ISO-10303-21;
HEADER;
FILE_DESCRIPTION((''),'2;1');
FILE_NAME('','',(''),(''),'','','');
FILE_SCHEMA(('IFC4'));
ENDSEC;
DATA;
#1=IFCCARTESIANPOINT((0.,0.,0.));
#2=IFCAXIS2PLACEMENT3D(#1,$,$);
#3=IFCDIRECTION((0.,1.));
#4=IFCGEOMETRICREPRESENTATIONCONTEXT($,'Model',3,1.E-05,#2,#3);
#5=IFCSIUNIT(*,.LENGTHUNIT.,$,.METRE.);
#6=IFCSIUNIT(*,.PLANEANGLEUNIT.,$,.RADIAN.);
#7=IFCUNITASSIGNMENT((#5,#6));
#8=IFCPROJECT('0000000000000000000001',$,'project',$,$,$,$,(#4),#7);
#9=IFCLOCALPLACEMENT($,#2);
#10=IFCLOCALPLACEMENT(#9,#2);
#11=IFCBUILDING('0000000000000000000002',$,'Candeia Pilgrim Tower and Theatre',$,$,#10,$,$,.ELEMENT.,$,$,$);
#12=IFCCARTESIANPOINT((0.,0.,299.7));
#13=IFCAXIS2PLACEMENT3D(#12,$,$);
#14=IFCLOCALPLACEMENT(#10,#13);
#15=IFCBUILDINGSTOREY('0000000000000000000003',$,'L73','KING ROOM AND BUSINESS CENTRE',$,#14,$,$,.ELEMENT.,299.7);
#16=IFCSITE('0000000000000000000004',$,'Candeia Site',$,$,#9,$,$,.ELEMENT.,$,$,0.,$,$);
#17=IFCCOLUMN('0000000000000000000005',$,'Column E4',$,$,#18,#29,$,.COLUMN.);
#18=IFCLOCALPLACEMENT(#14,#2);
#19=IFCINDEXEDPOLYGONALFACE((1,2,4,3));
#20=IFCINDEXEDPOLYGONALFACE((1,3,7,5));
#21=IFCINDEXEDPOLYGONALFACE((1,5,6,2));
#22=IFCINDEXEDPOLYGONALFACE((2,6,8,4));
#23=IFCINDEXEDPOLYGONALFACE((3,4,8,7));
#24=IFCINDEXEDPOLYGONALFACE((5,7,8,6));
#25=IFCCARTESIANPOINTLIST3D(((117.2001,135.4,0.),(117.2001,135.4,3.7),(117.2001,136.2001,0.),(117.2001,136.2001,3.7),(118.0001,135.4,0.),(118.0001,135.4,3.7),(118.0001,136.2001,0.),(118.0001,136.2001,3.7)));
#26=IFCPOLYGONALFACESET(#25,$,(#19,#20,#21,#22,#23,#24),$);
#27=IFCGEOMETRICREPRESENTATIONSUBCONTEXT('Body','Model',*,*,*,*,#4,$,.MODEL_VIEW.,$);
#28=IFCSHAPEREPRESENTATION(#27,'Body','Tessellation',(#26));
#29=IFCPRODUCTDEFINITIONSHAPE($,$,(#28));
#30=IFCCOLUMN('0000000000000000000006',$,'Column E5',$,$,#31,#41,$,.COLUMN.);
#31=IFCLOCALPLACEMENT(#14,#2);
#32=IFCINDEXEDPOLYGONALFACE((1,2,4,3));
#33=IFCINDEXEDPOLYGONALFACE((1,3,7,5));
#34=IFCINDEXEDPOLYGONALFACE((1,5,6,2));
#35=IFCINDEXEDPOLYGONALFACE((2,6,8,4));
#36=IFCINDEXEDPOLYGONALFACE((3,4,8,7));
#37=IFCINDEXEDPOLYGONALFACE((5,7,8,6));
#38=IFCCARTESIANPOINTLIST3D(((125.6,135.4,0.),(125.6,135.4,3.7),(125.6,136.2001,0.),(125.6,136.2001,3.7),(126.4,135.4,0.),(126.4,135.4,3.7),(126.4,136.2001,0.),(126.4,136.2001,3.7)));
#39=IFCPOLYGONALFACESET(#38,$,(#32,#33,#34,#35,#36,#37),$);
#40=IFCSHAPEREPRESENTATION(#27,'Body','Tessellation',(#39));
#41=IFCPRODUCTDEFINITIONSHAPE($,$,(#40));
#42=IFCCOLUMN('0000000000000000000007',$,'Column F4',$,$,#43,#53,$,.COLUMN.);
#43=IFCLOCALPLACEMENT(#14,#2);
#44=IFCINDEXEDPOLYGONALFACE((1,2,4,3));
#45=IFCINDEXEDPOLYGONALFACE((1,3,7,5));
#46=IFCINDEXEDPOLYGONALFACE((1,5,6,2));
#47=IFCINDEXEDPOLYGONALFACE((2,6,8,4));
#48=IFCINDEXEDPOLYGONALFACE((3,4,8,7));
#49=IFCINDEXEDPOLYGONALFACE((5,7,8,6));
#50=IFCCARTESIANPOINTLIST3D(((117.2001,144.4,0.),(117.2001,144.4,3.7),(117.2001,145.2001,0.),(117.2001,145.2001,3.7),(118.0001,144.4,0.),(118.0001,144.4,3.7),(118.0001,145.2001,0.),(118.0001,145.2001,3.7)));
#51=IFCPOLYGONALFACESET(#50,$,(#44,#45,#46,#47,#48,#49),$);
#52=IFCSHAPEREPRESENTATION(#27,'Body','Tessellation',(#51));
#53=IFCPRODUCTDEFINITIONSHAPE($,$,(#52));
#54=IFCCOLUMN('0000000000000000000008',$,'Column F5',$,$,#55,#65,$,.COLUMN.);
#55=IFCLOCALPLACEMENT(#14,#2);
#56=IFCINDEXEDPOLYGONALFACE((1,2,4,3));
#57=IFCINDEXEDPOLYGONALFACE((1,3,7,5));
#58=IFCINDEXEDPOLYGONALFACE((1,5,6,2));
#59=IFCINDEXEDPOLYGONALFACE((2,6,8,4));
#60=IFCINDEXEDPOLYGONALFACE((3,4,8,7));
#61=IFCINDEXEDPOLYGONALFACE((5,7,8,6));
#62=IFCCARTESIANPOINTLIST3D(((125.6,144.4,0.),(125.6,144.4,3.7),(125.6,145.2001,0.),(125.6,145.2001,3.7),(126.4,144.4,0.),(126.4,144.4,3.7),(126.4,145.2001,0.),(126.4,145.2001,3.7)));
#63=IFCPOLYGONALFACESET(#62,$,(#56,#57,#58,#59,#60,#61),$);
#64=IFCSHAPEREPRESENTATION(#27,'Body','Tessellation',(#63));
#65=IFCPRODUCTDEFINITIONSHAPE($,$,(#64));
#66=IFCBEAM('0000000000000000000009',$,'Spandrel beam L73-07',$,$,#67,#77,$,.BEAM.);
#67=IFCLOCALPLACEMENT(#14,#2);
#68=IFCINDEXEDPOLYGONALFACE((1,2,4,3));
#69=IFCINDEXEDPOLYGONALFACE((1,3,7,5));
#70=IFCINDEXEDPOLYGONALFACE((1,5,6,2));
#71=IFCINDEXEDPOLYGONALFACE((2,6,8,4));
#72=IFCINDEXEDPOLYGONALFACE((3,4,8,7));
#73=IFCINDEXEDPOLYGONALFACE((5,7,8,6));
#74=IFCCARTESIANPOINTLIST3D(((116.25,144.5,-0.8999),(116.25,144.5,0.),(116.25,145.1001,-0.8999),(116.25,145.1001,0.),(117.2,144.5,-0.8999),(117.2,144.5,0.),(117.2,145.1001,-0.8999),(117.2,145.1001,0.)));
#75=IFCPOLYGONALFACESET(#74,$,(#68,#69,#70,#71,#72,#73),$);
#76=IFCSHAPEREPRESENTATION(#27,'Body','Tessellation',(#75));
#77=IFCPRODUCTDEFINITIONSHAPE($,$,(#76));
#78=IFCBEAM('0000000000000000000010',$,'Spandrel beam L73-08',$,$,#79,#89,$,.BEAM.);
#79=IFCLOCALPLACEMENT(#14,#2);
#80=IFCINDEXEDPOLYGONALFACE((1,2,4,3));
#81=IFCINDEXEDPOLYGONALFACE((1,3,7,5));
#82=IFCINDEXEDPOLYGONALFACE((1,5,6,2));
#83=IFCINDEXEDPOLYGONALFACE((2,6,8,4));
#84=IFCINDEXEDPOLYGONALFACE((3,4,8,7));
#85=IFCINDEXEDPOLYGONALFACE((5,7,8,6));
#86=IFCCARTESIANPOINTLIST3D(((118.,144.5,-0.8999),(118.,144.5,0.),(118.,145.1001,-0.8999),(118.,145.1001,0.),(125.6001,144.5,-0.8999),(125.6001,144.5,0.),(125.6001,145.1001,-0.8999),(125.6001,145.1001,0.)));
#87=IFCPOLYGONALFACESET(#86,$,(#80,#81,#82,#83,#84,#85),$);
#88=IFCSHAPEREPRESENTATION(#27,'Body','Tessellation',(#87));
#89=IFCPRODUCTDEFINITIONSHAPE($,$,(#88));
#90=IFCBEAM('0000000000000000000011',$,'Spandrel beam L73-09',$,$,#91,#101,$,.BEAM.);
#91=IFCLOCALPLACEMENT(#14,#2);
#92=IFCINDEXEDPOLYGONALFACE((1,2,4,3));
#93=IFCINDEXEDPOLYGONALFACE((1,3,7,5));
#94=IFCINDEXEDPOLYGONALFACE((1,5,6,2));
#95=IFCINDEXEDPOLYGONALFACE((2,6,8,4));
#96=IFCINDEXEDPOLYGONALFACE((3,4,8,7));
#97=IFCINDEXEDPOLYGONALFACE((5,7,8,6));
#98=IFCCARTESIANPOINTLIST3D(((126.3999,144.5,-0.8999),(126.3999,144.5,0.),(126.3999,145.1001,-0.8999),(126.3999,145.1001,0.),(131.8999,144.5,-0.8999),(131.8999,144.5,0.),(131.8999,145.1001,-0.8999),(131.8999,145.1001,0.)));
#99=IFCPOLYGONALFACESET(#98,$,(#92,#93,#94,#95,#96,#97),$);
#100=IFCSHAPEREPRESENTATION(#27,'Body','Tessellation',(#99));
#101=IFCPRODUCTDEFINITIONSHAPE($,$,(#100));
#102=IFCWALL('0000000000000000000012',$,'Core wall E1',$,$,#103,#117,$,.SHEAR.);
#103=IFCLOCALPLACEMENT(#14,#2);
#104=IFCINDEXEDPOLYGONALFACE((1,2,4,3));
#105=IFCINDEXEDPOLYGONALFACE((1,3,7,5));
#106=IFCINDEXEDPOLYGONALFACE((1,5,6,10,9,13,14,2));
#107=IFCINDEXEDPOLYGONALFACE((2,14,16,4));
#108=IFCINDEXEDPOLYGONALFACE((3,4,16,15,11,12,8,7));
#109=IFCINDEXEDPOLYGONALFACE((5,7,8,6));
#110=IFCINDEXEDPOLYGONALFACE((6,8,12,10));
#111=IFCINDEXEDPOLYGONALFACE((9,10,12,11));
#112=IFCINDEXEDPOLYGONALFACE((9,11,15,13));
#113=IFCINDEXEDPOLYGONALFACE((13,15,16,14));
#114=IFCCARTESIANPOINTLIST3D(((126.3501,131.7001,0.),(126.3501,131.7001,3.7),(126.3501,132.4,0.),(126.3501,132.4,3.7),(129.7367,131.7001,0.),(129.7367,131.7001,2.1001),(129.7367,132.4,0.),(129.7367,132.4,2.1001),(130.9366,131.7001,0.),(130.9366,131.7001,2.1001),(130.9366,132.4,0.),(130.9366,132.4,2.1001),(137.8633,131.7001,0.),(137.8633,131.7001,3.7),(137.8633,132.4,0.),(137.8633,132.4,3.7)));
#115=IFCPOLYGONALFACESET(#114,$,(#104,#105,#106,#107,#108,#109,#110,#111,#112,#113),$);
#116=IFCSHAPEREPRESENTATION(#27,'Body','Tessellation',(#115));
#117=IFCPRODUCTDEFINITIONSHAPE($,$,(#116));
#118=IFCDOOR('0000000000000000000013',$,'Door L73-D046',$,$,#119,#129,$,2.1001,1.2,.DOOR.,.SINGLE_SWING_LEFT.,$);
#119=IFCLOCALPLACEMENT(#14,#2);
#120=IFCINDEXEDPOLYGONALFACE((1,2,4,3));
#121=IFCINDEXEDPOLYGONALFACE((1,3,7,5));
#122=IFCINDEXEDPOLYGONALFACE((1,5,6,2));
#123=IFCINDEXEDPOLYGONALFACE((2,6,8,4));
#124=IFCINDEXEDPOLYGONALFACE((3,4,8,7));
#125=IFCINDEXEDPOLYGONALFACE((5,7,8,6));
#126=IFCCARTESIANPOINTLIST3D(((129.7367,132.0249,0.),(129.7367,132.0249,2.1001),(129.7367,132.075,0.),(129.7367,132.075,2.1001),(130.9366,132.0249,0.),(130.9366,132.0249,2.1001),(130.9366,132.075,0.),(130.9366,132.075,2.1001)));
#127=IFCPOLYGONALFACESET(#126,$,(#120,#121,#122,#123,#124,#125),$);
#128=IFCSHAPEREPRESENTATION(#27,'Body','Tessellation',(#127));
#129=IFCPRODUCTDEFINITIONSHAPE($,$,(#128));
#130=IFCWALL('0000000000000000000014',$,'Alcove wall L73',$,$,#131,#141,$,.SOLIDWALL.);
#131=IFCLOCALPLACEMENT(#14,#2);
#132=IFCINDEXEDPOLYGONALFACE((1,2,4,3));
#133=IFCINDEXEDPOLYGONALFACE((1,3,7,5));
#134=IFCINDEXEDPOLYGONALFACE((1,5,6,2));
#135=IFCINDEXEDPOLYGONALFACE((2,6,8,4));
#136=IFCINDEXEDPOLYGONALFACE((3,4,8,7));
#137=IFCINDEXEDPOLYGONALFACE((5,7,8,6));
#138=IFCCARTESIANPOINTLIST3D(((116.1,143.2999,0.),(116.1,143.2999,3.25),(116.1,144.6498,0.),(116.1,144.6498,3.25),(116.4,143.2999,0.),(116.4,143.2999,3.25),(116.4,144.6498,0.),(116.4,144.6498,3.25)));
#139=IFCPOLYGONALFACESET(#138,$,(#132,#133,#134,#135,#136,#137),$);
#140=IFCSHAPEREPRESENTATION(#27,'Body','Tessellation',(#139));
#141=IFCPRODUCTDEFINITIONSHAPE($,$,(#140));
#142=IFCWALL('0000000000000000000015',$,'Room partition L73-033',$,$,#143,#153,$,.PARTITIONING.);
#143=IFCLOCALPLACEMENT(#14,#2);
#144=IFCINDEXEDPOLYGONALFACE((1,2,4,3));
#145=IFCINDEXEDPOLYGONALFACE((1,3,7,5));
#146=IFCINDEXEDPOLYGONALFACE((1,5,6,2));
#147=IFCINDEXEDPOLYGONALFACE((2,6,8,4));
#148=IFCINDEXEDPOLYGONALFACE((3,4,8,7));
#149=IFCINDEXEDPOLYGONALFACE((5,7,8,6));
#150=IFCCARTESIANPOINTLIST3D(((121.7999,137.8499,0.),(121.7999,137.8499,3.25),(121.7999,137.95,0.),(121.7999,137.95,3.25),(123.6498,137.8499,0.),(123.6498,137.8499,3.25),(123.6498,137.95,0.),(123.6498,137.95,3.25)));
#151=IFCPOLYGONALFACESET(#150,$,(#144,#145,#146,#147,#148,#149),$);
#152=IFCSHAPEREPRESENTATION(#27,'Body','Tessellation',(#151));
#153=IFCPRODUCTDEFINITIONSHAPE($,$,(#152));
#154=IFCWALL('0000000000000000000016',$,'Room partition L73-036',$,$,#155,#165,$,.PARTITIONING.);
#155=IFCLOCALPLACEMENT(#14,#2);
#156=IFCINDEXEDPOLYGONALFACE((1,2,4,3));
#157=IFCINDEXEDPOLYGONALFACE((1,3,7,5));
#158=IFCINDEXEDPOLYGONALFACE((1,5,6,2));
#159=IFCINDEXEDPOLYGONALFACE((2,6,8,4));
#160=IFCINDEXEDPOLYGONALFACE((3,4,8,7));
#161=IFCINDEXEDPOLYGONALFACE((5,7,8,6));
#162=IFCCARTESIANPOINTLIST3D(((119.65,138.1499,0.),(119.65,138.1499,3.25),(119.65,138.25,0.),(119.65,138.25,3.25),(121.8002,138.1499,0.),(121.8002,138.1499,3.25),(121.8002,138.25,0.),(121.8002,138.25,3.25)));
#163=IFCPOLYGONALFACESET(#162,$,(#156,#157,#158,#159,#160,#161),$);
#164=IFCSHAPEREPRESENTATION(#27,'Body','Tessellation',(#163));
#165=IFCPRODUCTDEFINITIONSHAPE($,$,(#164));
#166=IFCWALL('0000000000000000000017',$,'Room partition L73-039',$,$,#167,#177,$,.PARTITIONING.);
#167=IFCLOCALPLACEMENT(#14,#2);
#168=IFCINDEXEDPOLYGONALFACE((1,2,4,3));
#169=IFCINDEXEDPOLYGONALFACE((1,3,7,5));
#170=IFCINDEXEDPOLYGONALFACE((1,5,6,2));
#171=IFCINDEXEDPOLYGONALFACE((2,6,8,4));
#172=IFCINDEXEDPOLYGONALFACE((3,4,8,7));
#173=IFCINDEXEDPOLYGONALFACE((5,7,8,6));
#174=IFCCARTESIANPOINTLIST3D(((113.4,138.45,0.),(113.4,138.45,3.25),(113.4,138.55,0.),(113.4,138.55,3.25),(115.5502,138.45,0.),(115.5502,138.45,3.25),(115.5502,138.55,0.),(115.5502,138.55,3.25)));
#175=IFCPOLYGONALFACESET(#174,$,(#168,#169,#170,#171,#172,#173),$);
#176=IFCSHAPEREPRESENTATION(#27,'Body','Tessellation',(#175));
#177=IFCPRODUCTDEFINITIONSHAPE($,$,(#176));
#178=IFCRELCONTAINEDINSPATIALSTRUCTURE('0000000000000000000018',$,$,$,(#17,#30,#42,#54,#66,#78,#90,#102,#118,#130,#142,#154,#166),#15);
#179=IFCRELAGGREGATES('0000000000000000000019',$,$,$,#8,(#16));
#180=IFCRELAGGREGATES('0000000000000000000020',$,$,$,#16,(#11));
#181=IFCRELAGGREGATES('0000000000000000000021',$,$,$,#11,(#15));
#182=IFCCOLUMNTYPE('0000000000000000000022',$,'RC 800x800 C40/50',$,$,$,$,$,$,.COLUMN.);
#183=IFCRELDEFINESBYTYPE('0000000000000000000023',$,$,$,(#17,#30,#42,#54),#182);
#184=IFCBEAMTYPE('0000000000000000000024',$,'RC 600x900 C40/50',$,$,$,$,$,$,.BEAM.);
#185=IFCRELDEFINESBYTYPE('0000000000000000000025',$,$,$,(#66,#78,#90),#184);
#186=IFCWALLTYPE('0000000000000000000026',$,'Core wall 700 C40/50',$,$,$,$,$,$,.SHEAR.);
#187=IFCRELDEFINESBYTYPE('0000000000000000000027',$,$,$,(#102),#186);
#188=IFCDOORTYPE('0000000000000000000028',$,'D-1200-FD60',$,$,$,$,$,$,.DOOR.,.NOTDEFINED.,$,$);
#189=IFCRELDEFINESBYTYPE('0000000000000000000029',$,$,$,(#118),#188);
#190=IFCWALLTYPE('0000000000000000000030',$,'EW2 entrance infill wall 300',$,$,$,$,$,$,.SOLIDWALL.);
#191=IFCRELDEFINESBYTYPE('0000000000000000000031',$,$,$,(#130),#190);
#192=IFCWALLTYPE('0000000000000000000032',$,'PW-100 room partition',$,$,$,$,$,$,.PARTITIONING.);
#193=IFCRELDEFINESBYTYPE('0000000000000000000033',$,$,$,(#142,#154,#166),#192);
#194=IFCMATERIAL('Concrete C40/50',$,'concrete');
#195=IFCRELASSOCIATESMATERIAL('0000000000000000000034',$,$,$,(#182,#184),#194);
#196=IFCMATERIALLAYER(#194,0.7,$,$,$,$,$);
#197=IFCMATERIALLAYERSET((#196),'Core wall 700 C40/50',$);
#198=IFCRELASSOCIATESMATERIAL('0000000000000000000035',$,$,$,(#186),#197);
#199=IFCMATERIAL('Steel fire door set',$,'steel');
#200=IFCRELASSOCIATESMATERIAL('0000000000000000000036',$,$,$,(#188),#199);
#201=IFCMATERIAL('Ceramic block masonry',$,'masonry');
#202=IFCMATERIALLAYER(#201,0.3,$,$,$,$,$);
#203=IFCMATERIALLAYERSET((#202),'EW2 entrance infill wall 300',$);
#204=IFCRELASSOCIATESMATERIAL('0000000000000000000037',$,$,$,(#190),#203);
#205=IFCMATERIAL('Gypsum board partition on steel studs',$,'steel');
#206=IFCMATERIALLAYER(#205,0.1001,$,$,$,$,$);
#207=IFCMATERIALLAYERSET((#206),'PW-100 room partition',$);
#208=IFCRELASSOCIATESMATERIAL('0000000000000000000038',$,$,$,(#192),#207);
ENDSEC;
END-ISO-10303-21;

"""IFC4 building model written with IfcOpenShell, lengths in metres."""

from ifc_helpers import new_model, si_unit, direction, frame, frame_2d, origin, origin_2d, place, context, subcontext, project, spatial, rectangle, extrude, material, layer, layer_set, material_profile, profile_set, type_object, element, fill, save


model = new_model("IFC4")

# Units and contexts
model_context = context("Model", 3, precision=1e-05, world=origin(), true_north=direction((0.0, 1.0)))
body_context = subcontext(model_context, "Body", "Model", "MODEL_VIEW")
ifc_project = project(units=[si_unit("LENGTHUNIT", "METRE"), si_unit("PLANEANGLEUNIT", "RADIAN")], contexts=[model_context])

# Site, building, storey
site_placement = place(None, origin())
site = spatial("IfcSite", under=ifc_project, at=site_placement, Name="Candeia Site", CompositionType="ELEMENT", RefElevation=0.0)
building_placement = place(site_placement, origin())
building = spatial("IfcBuilding", under=site, at=building_placement, Name="Candeia Pilgrim Tower and Theatre", CompositionType="ELEMENT")
storey_placement = place(building_placement, frame((0.0, 0.0, 299.7)))
storey = spatial("IfcBuildingStorey", under=building, at=storey_placement, Name="L73", Description="KING ROOM AND BUSINESS CENTRE", CompositionType="ELEMENT", Elevation=299.7)

# Columns
ifc_material_1 = material(Name="Concrete C40/50", Category="concrete")
ifc_material_profile_1 = material_profile(ifc_material_1, rectangle(XDim=0.8, YDim=0.8, at=origin_2d()))
ifc_profile_set_1 = profile_set([ifc_material_profile_1], Name="Concrete C40/50")
column_type = type_object("IfcColumnType", Name="RC 800x800 C40/50", PredefinedType="COLUMN", material=ifc_profile_set_1)
for number, where, z_axis, x_axis, name in (
    (1, (117.6001, 135.8, 0.0), (0.0, 0.0, 1.0), (1.0, 0.0, 0.0), "Column E4"),
    (2, (126.0, 135.8, 0.0), (0.0, 0.0, 1.0), (1.0, 0.0, 0.0), "Column E5"),
    (3, (117.6001, 144.8, 0.0), (0.0, 0.0, 1.0), (1.0, 0.0, 0.0), "Column F4"),
    (4, (126.0, 144.8, 0.0), (0.0, 0.0, 1.0), (1.0, 0.0, 0.0), "Column F5"),
):
    element("IfcColumn", number, at=place(storey_placement, frame(where, z_axis=z_axis, x_axis=x_axis)), inside=storey, type_object=column_type, Name=name, PredefinedType="COLUMN", context=body_context, shape_type="SweptSolid", body=[
        extrude(rectangle(XDim=0.8, YDim=0.8, at=origin_2d()), origin(), (0.0, 0.0, 1.0), 3.7),
    ])

# Beams
ifc_material_profile_2 = material_profile(ifc_material_1, rectangle(XDim=0.6001, YDim=0.8999, at=origin_2d()))
ifc_profile_set_2 = profile_set([ifc_material_profile_2], Name="Concrete C40/50")
beam_type = type_object("IfcBeamType", Name="RC 600x900 C40/50", PredefinedType="BEAM", material=ifc_profile_set_2)
beam_1_placement = place(storey_placement, frame((116.25, 144.8, -0.45), z_axis=(1.0, 0.0, 0.0), x_axis=(0.0, 1.0, 0.0)))
element("IfcBeam", 5, at=beam_1_placement, inside=storey, type_object=beam_type, Name="Spandrel beam L73-07", PredefinedType="BEAM", context=body_context, shape_type="SweptSolid", body=[
    extrude(rectangle(XDim=0.6001, YDim=0.8999, at=origin_2d()), origin(), (0.0, 0.0, 1.0), 0.95),
])
beam_2_placement = place(storey_placement, frame((118.0, 144.8, -0.45), z_axis=(1.0, 0.0, 0.0), x_axis=(0.0, 1.0, 0.0)))
element("IfcBeam", 6, at=beam_2_placement, inside=storey, type_object=beam_type, Name="Spandrel beam L73-08", PredefinedType="BEAM", context=body_context, shape_type="SweptSolid", body=[
    extrude(rectangle(XDim=0.6001, YDim=0.8999, at=origin_2d()), origin(), (0.0, 0.0, 1.0), 7.6001),
])
beam_3_placement = place(storey_placement, frame((126.3999, 144.8, -0.45), z_axis=(1.0, 0.0, 0.0), x_axis=(0.0, 1.0, 0.0)))
element("IfcBeam", 7, at=beam_3_placement, inside=storey, type_object=beam_type, Name="Spandrel beam L73-09", PredefinedType="BEAM", context=body_context, shape_type="SweptSolid", body=[
    extrude(rectangle(XDim=0.6001, YDim=0.8999, at=origin_2d()), origin(), (0.0, 0.0, 1.0), 5.5),
])

# Wall, opening, door
ifc_layer_1 = layer(ifc_material_1, 0.7)
ifc_layer_set_1 = layer_set([ifc_layer_1], Name="Core wall 700 C40/50")
wall_type_1 = type_object("IfcWallType", Name="Core wall 700 C40/50", PredefinedType="SHEAR", material=ifc_layer_set_1)
wall_1_placement = place(storey_placement, frame((126.3501, 132.05, 0.0), z_axis=(0.0, 0.0, 1.0), x_axis=(1.0, 0.0, 0.0)))
wall_1 = element("IfcWall", 8, at=wall_1_placement, inside=storey, type_object=wall_type_1, Name="Core wall E1", PredefinedType="SHEAR", context=body_context, shape_type="SweptSolid", body=[
    extrude(rectangle(XDim=11.5132, YDim=0.7, at=frame_2d((5.7566, 0.0))), origin(), (0.0, 0.0, 1.0), 3.7),
])
opening_1_placement = place(wall_1_placement, frame((3.3865, 0.0, 0.0)))
opening_1 = element("IfcOpeningElement", 9, at=opening_1_placement, cuts=wall_1, PredefinedType="OPENING", context=body_context, shape_type="SweptSolid", body=[
    extrude(rectangle(XDim=1.2, YDim=2.1001, at=frame_2d((0.6001, 1.05))), frame((0.0, 0.3599, 0.0), z_axis=(0.0, -1.0, 0.0), x_axis=(1.0, 0.0, 0.0)), (0.0, 0.0, 1.0), 0.72),
])
ifc_material_2 = material(Name="Steel fire door set", Category="steel")
door_type_1 = type_object("IfcDoorType", Name="D-1200-FD60", OperationType="NOTDEFINED", PredefinedType="DOOR", material=ifc_material_2)
door_1_placement = place(opening_1_placement, origin())
door_1 = element("IfcDoor", 10, at=door_1_placement, inside=storey, type_object=door_type_1, Name="Door L73-D046", OperationType="SINGLE_SWING_LEFT", OverallHeight=2.1001, OverallWidth=1.2, PredefinedType="DOOR", context=body_context, shape_type="SweptSolid", body=[
    extrude(rectangle(XDim=1.2, YDim=2.1001, at=frame_2d((0.6001, 1.05))), frame((0.0, 0.0249, 0.0), z_axis=(0.0, -1.0, 0.0), x_axis=(1.0, 0.0, 0.0)), (0.0, 0.0, 1.0), 0.05),
])
fill(opening_1, door_1)

# Wall
ifc_material_3 = material(Name="Ceramic block masonry", Category="masonry")
ifc_layer_2 = layer(ifc_material_3, 0.3)
ifc_layer_set_2 = layer_set([ifc_layer_2], Name="EW2 entrance infill wall 300")
wall_type_2 = type_object("IfcWallType", Name="EW2 entrance infill wall 300", PredefinedType="SOLIDWALL", material=ifc_layer_set_2)
wall_2_placement = place(storey_placement, frame((116.25, 143.3, 0.0), z_axis=(0.0, 0.0, 1.0), x_axis=(0.0, 1.0, 0.0)))
element("IfcWall", 11, at=wall_2_placement, inside=storey, type_object=wall_type_2, Name="Alcove wall L73", PredefinedType="SOLIDWALL", context=body_context, shape_type="SweptSolid", body=[
    extrude(rectangle(XDim=1.3499, YDim=0.3, at=frame_2d((0.6748, 0.0))), origin(), (0.0, 0.0, 1.0), 3.25),
])

# Walls
ifc_material_4 = material(Name="Gypsum board partition on steel studs", Category="steel")
ifc_layer_3 = layer(ifc_material_4, 0.1001)
ifc_layer_set_3 = layer_set([ifc_layer_3], Name="PW-100 room partition")
wall_type_3 = type_object("IfcWallType", Name="PW-100 room partition", PredefinedType="PARTITIONING", material=ifc_layer_set_3)
wall_3_placement = place(storey_placement, frame((121.8, 137.8999, 0.0), z_axis=(0.0, 0.0, 1.0), x_axis=(1.0, 0.0, 0.0)))
element("IfcWall", 12, at=wall_3_placement, inside=storey, type_object=wall_type_3, Name="Room partition L73-033", PredefinedType="PARTITIONING", context=body_context, shape_type="SweptSolid", body=[
    extrude(rectangle(XDim=1.8499, YDim=0.1001, at=frame_2d((0.9248, 0.0))), origin(), (0.0, 0.0, 1.0), 3.25),
])
for number, where, z_axis, x_axis, name in (
    (13, (119.6499, 138.2, 0.0), (0.0, 0.0, 1.0), (1.0, 0.0, 0.0), "Room partition L73-036"),
    (14, (113.3999, 138.5, 0.0), (0.0, 0.0, 1.0), (1.0, 0.0, 0.0), "Room partition L73-039"),
):
    element("IfcWall", number, at=place(storey_placement, frame(where, z_axis=z_axis, x_axis=x_axis)), inside=storey, type_object=wall_type_3, Name=name, PredefinedType="PARTITIONING", context=body_context, shape_type="SweptSolid", body=[
        extrude(rectangle(XDim=2.1501, YDim=0.1001, at=frame_2d((1.0752, 0.0))), origin(), (0.0, 0.0, 1.0), 3.25),
    ])

save(model, "model.ifc")
